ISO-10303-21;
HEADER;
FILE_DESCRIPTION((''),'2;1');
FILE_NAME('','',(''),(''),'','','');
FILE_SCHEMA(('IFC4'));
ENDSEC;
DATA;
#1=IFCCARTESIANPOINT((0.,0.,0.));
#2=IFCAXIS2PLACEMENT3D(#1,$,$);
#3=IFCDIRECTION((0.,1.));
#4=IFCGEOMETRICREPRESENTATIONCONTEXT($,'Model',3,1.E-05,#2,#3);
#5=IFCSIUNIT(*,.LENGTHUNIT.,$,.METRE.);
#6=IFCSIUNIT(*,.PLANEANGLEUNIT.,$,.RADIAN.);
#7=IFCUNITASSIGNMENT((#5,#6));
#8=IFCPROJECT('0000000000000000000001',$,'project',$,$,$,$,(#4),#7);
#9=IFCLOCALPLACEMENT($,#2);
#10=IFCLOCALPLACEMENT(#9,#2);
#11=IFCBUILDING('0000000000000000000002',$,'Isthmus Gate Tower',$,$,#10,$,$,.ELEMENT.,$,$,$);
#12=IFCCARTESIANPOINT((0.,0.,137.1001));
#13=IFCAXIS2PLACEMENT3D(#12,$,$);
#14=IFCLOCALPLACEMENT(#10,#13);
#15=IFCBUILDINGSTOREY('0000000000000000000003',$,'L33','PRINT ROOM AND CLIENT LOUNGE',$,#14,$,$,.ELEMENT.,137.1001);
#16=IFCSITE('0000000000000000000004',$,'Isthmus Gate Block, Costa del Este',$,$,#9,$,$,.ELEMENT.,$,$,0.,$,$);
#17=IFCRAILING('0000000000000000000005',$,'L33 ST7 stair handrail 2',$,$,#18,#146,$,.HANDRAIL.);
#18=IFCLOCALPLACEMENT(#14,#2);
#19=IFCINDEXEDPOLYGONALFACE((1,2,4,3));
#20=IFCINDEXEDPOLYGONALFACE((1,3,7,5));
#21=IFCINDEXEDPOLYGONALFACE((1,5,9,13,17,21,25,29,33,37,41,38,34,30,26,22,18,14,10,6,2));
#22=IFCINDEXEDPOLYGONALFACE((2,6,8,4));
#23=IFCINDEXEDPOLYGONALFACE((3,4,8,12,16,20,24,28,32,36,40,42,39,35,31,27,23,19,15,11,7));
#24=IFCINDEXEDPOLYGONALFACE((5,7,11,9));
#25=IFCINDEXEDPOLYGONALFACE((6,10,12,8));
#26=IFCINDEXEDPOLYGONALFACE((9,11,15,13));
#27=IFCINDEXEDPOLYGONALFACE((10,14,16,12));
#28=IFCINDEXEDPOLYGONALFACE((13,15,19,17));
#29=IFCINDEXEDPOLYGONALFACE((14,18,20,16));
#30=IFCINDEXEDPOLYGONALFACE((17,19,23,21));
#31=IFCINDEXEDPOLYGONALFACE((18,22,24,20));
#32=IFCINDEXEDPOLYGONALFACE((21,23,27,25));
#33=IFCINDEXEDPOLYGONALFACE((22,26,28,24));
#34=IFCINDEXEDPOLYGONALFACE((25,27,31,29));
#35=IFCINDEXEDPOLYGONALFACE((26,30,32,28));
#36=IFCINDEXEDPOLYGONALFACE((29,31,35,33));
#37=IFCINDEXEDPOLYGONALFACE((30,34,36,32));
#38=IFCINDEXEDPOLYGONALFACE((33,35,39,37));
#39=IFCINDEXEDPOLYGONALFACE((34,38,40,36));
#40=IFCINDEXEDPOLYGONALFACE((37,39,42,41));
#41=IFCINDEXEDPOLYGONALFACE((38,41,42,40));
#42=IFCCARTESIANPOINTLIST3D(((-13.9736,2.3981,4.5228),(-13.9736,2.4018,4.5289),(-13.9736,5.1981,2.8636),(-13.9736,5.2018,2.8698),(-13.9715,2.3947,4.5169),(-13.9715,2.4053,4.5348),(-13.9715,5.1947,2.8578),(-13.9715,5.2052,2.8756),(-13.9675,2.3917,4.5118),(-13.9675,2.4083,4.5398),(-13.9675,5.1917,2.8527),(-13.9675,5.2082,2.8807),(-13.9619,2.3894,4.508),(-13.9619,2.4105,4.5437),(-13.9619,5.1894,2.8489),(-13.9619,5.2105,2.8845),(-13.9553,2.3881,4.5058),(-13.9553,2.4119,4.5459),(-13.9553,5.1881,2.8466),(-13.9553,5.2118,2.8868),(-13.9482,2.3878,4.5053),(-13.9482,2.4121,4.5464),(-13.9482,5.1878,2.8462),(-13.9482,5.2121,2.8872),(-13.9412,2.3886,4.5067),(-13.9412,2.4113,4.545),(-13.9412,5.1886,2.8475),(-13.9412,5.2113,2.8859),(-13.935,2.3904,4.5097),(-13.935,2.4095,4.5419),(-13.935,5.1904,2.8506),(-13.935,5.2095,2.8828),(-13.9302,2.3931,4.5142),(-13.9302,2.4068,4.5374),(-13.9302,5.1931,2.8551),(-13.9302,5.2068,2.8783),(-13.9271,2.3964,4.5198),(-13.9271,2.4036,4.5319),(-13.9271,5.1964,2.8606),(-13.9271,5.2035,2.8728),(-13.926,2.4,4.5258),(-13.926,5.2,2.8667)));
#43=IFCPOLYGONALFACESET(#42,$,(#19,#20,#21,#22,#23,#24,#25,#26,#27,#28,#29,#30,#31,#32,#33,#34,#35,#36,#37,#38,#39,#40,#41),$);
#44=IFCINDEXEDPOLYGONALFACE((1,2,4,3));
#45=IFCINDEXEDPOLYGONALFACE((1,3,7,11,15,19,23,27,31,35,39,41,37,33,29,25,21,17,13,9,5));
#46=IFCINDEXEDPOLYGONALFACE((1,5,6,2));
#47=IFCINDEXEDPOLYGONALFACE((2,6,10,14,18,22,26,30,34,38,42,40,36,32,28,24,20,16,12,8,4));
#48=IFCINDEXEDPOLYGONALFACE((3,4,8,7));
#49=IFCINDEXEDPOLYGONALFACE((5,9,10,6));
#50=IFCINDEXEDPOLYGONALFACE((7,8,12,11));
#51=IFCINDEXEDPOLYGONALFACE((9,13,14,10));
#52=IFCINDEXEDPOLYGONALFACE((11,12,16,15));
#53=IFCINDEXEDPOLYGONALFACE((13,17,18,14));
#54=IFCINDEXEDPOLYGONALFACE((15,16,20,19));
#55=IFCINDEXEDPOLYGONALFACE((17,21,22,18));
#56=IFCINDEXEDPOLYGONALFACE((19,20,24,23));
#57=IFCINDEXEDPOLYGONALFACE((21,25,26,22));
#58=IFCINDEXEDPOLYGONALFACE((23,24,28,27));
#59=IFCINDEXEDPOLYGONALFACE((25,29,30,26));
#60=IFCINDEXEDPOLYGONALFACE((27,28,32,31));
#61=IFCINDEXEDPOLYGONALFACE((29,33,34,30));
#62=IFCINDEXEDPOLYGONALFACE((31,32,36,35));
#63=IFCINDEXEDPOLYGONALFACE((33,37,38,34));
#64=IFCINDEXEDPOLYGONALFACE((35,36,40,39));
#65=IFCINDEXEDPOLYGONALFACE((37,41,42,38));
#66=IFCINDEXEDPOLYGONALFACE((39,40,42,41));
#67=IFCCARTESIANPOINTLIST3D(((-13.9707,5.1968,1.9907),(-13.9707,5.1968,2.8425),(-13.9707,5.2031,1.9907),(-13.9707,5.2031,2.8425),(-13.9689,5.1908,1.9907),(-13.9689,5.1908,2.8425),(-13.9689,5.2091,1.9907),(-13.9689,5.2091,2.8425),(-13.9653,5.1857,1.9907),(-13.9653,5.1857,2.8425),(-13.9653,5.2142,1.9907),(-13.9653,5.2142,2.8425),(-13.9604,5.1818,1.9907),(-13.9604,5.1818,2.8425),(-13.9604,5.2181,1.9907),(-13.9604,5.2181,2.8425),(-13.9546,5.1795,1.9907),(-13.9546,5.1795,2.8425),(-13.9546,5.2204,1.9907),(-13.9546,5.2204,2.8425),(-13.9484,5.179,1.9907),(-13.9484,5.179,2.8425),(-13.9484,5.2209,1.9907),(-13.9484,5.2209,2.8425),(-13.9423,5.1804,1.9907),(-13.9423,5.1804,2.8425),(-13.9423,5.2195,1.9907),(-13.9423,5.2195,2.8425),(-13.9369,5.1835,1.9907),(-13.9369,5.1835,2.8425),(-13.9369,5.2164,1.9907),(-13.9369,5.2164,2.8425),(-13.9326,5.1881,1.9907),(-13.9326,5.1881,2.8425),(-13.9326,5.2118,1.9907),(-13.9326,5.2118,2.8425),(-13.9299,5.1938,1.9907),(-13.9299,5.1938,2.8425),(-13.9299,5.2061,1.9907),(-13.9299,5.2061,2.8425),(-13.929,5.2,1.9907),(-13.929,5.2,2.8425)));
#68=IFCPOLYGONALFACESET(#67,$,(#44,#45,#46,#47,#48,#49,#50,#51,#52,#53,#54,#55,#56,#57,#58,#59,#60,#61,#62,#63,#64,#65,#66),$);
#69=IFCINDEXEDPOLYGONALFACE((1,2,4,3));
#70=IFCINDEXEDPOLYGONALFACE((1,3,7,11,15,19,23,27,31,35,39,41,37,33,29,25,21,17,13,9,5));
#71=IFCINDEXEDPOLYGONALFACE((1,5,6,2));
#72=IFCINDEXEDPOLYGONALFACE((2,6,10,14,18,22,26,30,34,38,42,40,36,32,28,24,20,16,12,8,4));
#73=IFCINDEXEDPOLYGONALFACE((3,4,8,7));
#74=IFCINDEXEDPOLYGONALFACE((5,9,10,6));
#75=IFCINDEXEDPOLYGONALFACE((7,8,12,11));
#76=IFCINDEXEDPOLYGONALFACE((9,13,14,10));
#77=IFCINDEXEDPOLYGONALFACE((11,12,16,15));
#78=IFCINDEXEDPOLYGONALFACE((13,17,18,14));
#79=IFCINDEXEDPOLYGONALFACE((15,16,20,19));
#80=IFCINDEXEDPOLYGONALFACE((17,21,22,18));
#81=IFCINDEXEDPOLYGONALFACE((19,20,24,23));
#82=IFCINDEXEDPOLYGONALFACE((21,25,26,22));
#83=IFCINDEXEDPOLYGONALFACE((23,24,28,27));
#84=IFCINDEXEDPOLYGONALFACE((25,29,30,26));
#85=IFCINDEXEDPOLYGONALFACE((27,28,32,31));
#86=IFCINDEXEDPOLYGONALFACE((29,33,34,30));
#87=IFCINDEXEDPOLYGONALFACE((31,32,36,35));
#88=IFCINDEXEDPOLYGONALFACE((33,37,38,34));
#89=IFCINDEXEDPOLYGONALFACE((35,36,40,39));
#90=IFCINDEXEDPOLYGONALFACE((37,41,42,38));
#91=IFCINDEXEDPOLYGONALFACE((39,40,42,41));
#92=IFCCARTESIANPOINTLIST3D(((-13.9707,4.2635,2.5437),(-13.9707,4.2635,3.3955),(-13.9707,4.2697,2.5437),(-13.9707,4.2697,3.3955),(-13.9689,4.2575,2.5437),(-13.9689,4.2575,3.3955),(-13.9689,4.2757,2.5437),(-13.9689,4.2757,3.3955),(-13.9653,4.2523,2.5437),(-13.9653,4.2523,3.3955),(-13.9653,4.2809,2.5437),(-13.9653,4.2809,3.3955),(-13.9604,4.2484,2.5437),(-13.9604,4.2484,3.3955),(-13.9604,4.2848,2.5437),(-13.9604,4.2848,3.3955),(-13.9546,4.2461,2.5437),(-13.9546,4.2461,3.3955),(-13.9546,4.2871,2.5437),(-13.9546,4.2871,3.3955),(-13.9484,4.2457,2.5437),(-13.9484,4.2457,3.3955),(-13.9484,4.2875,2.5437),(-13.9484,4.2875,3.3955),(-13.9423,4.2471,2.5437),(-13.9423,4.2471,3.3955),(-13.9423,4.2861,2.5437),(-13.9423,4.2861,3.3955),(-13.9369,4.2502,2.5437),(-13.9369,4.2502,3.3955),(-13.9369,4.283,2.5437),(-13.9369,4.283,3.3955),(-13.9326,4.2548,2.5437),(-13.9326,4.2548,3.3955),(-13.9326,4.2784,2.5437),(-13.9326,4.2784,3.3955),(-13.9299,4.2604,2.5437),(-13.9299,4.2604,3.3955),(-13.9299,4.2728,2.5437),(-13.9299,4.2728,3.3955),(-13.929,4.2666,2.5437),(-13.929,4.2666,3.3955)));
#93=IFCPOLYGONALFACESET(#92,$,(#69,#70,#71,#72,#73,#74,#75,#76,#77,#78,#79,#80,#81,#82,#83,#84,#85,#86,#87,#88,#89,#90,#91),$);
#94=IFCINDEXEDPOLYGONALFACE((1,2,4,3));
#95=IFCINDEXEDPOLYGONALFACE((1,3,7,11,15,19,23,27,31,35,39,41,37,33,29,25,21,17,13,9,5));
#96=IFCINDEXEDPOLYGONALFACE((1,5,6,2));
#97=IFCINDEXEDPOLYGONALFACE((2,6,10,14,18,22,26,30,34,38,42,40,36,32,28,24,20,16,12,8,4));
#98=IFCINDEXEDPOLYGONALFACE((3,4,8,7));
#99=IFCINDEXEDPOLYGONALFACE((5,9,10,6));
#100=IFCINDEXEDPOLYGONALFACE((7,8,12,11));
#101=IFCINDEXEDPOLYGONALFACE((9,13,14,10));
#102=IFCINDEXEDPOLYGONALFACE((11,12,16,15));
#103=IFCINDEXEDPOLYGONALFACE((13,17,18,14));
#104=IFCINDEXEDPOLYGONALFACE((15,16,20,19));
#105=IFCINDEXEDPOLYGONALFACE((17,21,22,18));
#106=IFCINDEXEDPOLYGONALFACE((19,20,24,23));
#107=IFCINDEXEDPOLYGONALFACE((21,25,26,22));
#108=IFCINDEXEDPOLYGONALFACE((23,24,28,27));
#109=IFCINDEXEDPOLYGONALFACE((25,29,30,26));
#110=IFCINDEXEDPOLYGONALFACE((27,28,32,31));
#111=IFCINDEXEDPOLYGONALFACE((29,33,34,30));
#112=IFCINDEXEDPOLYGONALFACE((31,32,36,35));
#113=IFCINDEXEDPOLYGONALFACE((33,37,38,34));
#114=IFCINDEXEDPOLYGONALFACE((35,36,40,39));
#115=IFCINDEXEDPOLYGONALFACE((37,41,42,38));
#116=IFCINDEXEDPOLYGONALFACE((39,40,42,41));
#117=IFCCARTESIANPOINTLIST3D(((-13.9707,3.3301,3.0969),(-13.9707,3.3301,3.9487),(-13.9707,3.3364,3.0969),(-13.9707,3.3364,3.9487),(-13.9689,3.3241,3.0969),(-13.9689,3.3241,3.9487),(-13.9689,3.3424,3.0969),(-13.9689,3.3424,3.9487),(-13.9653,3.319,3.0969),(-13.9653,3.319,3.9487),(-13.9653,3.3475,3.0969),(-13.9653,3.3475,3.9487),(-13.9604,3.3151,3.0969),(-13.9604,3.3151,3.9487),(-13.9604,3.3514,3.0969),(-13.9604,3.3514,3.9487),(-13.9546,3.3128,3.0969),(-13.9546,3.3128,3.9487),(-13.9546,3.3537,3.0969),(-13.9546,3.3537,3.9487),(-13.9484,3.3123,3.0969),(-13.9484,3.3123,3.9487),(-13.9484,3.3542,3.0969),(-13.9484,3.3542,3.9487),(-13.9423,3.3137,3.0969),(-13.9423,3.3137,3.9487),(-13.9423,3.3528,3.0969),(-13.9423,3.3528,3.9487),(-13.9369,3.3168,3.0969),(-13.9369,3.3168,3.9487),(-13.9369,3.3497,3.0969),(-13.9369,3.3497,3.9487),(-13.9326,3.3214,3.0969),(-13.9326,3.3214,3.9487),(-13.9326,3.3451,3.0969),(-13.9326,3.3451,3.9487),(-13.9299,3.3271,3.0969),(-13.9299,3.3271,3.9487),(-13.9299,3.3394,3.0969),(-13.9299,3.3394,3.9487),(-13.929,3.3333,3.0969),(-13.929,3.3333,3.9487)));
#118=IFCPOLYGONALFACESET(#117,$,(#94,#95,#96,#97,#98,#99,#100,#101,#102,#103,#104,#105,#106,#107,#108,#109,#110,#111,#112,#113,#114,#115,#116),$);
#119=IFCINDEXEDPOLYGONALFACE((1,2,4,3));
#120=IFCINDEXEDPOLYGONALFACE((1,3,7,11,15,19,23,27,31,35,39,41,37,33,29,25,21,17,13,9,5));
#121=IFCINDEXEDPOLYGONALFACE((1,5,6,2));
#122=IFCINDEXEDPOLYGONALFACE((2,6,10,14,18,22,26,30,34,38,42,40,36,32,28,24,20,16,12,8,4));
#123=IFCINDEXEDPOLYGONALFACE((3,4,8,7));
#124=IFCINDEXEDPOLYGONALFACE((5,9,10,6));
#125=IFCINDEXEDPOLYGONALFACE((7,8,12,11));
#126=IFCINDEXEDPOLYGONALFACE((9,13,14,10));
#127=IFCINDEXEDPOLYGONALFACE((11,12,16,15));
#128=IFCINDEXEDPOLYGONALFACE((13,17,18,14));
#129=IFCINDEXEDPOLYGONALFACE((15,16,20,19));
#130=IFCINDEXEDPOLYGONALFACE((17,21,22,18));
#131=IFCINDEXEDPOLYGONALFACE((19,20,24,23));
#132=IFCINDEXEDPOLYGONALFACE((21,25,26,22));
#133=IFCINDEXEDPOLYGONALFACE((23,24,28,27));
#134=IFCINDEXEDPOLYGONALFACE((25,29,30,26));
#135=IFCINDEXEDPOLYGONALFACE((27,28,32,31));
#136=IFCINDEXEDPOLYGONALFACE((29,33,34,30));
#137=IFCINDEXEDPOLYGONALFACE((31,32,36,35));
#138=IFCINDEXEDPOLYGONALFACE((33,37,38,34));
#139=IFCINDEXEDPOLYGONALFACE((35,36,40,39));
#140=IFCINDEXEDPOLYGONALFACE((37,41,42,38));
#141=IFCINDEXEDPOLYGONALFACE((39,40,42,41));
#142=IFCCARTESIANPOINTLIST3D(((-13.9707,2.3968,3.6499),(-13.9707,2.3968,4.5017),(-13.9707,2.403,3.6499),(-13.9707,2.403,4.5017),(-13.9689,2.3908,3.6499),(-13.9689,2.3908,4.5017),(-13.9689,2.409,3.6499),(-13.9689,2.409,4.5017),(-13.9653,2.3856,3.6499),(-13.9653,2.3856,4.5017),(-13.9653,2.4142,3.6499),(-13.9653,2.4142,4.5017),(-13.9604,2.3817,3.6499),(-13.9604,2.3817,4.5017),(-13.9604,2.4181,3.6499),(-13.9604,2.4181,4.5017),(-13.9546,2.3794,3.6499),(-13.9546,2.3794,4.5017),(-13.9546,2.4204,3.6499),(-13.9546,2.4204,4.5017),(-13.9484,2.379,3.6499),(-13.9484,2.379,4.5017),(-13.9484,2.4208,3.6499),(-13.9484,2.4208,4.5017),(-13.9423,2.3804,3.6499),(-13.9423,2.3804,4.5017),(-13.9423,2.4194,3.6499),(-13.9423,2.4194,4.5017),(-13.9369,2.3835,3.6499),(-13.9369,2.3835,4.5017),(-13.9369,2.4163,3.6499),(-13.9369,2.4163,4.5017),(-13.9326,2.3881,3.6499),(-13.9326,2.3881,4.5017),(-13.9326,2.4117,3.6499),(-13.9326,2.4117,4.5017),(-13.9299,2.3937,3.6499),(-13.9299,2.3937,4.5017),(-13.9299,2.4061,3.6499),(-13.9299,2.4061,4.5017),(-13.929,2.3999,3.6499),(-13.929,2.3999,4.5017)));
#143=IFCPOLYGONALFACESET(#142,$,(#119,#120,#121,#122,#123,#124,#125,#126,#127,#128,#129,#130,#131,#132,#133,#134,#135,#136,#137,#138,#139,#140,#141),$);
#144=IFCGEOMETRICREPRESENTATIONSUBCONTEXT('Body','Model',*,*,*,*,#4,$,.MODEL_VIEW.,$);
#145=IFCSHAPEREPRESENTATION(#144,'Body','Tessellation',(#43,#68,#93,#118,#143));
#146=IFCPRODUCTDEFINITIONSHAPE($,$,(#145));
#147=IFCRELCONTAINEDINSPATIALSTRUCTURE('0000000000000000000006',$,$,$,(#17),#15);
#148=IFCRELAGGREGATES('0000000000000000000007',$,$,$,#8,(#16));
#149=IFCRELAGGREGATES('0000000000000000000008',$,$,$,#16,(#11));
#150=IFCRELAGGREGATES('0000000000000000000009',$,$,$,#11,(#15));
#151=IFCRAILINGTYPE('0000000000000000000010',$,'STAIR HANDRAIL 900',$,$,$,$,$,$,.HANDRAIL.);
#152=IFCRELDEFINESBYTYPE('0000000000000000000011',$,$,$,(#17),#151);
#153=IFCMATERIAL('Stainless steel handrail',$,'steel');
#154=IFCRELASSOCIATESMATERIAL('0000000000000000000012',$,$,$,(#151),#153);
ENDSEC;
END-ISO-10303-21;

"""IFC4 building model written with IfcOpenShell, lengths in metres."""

from ifc_helpers import new_model, si_unit, direction, frame, origin, origin_2d, place, context, subcontext, project, spatial, circle, extrude, material, type_object, element, save


model = new_model("IFC4")

# Units and contexts
model_context = context("Model", 3, precision=1e-05, world=origin(), true_north=direction((0.0, 1.0)))
body_context = subcontext(model_context, "Body", "Model", "MODEL_VIEW")
ifc_project = project(units=[si_unit("LENGTHUNIT", "METRE"), si_unit("PLANEANGLEUNIT", "RADIAN")], contexts=[model_context])

# Site, building, storey
site_placement = place(None, origin())
site = spatial("IfcSite", under=ifc_project, at=site_placement, Name="Isthmus Gate Block, Costa del Este", CompositionType="ELEMENT", RefElevation=0.0)
building_placement = place(site_placement, origin())
building = spatial("IfcBuilding", under=site, at=building_placement, Name="Isthmus Gate Tower", CompositionType="ELEMENT")
storey_placement = place(building_placement, frame((0.0, 0.0, 137.1001)))
storey = spatial("IfcBuildingStorey", under=building, at=storey_placement, Name="L33", Description="PRINT ROOM AND CLIENT LOUNGE", CompositionType="ELEMENT", Elevation=137.1001)

# Railing
ifc_material_1 = material(Name="Stainless steel handrail", Category="steel")
railing_type_1 = type_object("IfcRailingType", Name="STAIR HANDRAIL 900", PredefinedType="HANDRAIL", material=ifc_material_1)
railing_1_placement = place(storey_placement, frame((-13.95, 5.2, 1.9907)))
element("IfcRailing", 1, at=railing_1_placement, inside=storey, type_object=railing_type_1, Name="L33 ST7 stair handrail 2", PredefinedType="HANDRAIL", context=body_context, shape_type="SweptSolid", body=[
    extrude(circle(Radius=0.0239, at=origin_2d()), frame((0.0, 0.0, 0.876), z_axis=(0.0, -0.860306, 0.509778), x_axis=(1.0, 0.0, 0.0)), (0.0, 0.0, 1.0), 3.2546),
    extrude(circle(Radius=0.021, at=origin_2d()), origin(), (0.0, 0.0, 1.0), 0.8518),
    extrude(circle(Radius=0.021, at=origin_2d()), frame((0.0, -0.9333, 0.553)), (0.0, 0.0, 1.0), 0.8518),
    extrude(circle(Radius=0.021, at=origin_2d()), frame((0.0, -1.8667, 1.1062)), (0.0, 0.0, 1.0), 0.8518),
    extrude(circle(Radius=0.021, at=origin_2d()), frame((0.0, -2.8, 1.6592)), (0.0, 0.0, 1.0), 0.8518),
])

save(model, "model.ifc")
